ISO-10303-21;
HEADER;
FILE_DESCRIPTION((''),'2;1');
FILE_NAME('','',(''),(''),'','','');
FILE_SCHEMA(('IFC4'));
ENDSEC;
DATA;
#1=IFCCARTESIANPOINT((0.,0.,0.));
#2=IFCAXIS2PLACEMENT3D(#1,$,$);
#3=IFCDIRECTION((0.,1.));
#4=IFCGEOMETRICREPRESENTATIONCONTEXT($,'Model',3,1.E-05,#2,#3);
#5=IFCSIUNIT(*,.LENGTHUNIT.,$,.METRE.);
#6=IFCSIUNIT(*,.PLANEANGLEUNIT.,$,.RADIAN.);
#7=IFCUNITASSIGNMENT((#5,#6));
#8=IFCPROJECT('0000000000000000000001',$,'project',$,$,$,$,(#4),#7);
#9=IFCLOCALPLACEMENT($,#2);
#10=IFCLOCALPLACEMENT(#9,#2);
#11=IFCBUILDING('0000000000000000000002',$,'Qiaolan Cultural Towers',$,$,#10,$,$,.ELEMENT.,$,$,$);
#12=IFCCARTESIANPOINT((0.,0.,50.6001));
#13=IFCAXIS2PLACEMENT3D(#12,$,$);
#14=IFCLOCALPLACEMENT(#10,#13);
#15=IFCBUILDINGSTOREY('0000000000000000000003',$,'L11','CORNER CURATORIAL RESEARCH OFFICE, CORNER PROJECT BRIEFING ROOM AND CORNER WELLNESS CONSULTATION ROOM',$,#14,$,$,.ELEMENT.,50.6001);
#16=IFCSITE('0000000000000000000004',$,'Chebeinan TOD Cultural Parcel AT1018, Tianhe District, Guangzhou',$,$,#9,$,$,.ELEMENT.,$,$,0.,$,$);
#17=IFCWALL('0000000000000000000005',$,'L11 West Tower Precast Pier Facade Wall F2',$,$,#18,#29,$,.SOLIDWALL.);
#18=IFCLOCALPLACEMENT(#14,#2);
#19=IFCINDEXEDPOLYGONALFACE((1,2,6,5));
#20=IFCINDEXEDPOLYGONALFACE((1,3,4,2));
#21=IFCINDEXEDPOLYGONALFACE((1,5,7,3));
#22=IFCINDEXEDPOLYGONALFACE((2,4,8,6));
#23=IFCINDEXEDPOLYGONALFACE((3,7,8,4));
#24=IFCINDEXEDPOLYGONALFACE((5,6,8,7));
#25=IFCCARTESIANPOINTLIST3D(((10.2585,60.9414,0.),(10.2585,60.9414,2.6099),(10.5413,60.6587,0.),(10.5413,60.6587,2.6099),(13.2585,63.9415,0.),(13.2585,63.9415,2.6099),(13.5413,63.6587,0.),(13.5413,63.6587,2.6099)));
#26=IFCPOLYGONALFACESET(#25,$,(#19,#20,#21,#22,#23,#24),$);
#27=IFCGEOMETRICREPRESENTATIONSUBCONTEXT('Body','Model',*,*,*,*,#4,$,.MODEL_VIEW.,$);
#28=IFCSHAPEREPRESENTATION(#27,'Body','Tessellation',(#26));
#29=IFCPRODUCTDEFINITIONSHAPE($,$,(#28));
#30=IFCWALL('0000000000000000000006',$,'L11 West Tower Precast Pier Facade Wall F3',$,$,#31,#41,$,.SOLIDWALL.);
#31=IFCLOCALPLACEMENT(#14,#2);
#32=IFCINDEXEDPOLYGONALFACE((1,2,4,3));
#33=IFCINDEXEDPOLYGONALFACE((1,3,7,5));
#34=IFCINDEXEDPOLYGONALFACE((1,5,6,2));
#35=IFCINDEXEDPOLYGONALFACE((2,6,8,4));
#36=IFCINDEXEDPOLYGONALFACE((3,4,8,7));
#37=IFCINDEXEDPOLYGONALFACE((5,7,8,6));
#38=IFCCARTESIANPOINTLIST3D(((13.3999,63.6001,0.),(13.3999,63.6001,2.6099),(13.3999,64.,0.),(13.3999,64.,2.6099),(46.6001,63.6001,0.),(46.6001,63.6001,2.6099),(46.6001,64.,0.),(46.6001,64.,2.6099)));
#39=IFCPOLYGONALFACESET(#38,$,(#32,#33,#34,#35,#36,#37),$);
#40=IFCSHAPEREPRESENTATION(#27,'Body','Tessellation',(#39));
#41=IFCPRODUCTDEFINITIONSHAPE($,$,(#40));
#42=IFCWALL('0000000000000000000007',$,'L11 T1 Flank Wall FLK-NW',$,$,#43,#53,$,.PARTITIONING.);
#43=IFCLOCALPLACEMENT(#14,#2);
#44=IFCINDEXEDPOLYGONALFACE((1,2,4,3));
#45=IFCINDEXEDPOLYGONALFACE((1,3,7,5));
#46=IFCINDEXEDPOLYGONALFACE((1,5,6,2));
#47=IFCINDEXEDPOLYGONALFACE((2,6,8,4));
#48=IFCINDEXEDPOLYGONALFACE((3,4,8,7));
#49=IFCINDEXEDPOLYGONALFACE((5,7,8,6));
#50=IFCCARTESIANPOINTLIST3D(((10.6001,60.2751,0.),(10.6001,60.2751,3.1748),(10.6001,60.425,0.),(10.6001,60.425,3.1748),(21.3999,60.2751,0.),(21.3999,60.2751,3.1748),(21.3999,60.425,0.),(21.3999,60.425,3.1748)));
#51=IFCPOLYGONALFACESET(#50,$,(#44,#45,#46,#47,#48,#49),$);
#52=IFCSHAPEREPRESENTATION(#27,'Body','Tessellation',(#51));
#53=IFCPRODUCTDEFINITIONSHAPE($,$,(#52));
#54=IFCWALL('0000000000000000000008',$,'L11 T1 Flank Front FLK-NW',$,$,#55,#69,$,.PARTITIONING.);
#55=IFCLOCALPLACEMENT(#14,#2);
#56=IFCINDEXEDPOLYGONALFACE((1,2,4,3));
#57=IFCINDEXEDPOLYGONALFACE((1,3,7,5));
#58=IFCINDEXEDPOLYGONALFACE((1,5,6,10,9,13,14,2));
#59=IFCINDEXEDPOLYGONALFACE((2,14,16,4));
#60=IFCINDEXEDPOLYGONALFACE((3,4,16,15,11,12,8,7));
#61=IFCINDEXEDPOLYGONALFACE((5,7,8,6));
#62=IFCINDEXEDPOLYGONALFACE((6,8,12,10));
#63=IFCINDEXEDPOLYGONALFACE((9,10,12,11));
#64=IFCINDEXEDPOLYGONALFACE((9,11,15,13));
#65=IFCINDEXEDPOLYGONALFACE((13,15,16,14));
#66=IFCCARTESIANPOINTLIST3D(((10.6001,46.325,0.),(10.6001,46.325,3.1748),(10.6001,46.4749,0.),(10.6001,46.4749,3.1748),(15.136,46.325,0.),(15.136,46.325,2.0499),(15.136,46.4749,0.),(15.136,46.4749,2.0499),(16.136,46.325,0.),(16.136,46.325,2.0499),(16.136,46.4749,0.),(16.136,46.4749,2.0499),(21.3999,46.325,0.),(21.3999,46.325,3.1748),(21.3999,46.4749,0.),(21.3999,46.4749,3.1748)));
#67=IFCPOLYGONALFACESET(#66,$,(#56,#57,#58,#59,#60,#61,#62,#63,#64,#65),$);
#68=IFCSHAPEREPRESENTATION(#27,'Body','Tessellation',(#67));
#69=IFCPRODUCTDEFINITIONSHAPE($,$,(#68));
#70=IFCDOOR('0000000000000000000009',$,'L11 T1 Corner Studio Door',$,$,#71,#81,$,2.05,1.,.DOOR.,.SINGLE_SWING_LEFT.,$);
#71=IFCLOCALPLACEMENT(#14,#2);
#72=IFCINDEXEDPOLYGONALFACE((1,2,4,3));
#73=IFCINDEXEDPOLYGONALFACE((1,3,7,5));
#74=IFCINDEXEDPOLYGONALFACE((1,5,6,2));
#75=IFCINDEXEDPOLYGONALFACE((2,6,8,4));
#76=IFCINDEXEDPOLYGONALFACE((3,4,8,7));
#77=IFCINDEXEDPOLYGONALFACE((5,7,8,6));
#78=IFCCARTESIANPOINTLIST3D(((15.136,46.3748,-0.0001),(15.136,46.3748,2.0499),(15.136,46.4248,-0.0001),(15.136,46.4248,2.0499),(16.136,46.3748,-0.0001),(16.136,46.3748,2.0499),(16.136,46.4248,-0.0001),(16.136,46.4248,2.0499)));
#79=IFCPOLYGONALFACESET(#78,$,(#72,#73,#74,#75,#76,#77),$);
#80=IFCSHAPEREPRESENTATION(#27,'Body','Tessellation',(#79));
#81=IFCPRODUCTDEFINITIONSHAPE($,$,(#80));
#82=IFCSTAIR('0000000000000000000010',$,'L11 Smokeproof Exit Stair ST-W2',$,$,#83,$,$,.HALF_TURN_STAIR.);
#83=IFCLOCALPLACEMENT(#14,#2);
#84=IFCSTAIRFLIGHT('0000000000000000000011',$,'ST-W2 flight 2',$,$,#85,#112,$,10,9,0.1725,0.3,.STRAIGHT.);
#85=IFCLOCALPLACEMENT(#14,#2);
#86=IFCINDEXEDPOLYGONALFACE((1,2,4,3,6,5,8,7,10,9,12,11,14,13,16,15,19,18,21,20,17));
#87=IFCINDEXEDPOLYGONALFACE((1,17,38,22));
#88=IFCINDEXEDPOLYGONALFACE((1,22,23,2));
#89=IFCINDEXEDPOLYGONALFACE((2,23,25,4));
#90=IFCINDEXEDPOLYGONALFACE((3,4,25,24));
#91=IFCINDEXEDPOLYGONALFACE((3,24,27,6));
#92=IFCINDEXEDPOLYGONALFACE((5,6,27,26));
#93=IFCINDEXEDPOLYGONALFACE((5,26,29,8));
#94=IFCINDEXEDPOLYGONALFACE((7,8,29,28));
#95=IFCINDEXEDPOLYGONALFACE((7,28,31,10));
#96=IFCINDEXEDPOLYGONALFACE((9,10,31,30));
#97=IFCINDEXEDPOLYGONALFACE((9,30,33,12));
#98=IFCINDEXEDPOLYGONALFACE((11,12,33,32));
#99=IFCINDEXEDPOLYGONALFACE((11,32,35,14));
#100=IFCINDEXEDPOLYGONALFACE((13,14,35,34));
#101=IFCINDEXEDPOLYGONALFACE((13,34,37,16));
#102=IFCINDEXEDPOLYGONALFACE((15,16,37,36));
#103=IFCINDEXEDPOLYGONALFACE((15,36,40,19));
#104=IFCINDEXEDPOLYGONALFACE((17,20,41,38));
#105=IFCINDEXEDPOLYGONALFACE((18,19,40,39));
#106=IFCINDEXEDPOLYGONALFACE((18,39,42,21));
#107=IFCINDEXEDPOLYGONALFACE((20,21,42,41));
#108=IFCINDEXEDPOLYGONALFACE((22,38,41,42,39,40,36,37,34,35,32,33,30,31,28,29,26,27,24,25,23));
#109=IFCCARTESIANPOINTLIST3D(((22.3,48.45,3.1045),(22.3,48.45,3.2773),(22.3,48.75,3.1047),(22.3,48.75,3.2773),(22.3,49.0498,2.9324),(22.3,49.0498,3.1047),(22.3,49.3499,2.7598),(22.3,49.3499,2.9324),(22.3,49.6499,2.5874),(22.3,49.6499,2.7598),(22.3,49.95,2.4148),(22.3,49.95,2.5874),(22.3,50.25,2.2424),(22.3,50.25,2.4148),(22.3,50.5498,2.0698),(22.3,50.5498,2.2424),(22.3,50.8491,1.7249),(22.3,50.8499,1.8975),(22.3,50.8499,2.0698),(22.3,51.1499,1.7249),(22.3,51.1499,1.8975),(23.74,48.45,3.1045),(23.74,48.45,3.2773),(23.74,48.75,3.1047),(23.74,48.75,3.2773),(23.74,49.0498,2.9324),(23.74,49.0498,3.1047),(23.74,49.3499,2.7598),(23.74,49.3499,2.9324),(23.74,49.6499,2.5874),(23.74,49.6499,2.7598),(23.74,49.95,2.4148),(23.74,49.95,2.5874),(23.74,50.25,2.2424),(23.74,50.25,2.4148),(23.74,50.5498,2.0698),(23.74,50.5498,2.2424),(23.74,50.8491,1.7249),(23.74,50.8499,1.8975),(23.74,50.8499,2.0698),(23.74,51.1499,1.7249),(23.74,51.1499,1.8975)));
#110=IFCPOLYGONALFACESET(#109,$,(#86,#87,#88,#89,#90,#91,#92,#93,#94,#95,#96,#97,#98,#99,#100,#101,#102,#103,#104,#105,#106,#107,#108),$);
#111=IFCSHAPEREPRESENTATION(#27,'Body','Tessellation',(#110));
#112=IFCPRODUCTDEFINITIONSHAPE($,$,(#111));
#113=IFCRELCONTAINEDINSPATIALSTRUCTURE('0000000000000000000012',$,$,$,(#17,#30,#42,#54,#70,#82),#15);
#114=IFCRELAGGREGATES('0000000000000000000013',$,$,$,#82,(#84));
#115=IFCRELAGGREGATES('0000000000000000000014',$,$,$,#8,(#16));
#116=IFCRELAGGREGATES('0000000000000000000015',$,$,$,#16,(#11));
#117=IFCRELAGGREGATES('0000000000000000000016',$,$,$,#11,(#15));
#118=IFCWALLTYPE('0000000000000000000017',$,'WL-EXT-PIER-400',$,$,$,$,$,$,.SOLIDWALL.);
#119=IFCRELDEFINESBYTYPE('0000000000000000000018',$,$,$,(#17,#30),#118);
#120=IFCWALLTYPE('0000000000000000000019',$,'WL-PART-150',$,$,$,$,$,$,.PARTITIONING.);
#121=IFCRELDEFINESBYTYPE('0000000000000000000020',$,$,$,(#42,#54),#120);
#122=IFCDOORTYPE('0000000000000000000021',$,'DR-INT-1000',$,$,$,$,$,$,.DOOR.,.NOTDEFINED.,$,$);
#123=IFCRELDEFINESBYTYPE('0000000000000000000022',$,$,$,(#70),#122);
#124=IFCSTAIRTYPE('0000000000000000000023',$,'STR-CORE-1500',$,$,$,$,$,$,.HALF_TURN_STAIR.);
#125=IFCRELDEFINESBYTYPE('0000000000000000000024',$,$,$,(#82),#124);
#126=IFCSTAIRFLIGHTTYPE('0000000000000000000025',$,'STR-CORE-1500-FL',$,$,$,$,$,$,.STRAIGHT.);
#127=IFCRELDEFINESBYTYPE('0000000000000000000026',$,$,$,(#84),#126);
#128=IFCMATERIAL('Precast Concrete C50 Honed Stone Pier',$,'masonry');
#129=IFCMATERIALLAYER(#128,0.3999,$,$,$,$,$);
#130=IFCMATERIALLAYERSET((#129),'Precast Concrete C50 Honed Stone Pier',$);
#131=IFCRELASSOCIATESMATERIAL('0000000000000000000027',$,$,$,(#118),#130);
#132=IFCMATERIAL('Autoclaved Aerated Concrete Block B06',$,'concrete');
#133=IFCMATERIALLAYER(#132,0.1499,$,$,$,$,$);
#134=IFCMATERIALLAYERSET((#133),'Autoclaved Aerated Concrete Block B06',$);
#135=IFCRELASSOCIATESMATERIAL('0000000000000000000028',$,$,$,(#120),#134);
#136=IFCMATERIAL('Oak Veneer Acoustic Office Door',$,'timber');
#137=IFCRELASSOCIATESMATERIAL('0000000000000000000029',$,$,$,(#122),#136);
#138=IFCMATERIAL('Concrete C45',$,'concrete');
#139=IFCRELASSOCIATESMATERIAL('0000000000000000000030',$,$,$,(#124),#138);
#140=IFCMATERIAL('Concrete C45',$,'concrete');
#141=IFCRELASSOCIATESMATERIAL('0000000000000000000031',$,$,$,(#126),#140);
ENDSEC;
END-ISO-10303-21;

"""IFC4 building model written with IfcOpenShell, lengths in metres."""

from ifc_helpers import new_model, si_unit, direction, frame, frame_2d, origin, place, context, subcontext, project, spatial, polyline, rectangle, outline, extrude, material, layer, layer_set, type_object, element, fill, aggregate, save


model = new_model("IFC4")

# Units and contexts
model_context = context("Model", 3, precision=1e-05, world=origin(), true_north=direction((0.0, 1.0)))
body_context = subcontext(model_context, "Body", "Model", "MODEL_VIEW")
ifc_project = project(units=[si_unit("LENGTHUNIT", "METRE"), si_unit("PLANEANGLEUNIT", "RADIAN")], contexts=[model_context])

# Site, building, storey
site_placement = place(None, origin())
site = spatial("IfcSite", under=ifc_project, at=site_placement, Name="Chebeinan TOD Cultural Parcel AT1018, Tianhe District, Guangzhou", CompositionType="ELEMENT", RefElevation=0.0)
building_placement = place(site_placement, origin())
building = spatial("IfcBuilding", under=site, at=building_placement, Name="Qiaolan Cultural Towers", CompositionType="ELEMENT")
storey_placement = place(building_placement, frame((0.0, 0.0, 50.6001)))
storey = spatial("IfcBuildingStorey", under=building, at=storey_placement, Name="L11", Description="CORNER CURATORIAL RESEARCH OFFICE, CORNER PROJECT BRIEFING ROOM AND CORNER WELLNESS CONSULTATION ROOM", CompositionType="ELEMENT", Elevation=50.6001)

# Walls
ifc_material_1 = material(Name="Precast Concrete C50 Honed Stone Pier", Category="masonry")
ifc_layer_1 = layer(ifc_material_1, 0.3999)
ifc_layer_set_1 = layer_set([ifc_layer_1], Name="Precast Concrete C50 Honed Stone Pier")
wall_type_1 = type_object("IfcWallType", Name="WL-EXT-PIER-400", PredefinedType="SOLIDWALL", material=ifc_layer_set_1)
wall_1_placement = place(storey_placement, frame((10.3999, 60.8, 0.0), z_axis=(0.0, 0.0, 1.0), x_axis=(0.707107, 0.707107, 0.0)))
element("IfcWall", 1, at=wall_1_placement, inside=storey, type_object=wall_type_1, Name="L11 West Tower Precast Pier Facade Wall F2", PredefinedType="SOLIDWALL", context=body_context, shape_type="SweptSolid", body=[
    extrude(rectangle(XDim=4.2427, YDim=0.3999, at=frame_2d((2.1213, 0.0))), origin(), (0.0, 0.0, 1.0), 2.6099),
])
wall_2_placement = place(storey_placement, frame((13.3999, 63.8, 0.0), z_axis=(0.0, 0.0, 1.0), x_axis=(1.0, 0.0, 0.0)))
element("IfcWall", 2, at=wall_2_placement, inside=storey, type_object=wall_type_1, Name="L11 West Tower Precast Pier Facade Wall F3", PredefinedType="SOLIDWALL", context=body_context, shape_type="SweptSolid", body=[
    extrude(rectangle(XDim=33.2002, YDim=0.3999, at=frame_2d((16.6001, 0.0))), origin(), (0.0, 0.0, 1.0), 2.6099),
])
ifc_material_2 = material(Name="Autoclaved Aerated Concrete Block B06", Category="concrete")
ifc_layer_2 = layer(ifc_material_2, 0.1499)
ifc_layer_set_2 = layer_set([ifc_layer_2], Name="Autoclaved Aerated Concrete Block B06")
wall_type_2 = type_object("IfcWallType", Name="WL-PART-150", PredefinedType="PARTITIONING", material=ifc_layer_set_2)
wall_3_placement = place(storey_placement, frame((10.6001, 60.3501, 0.0), z_axis=(0.0, 0.0, 1.0), x_axis=(1.0, 0.0, 0.0)))
element("IfcWall", 3, at=wall_3_placement, inside=storey, type_object=wall_type_2, Name="L11 T1 Flank Wall FLK-NW", PredefinedType="PARTITIONING", context=body_context, shape_type="SweptSolid", body=[
    extrude(rectangle(XDim=10.7998, YDim=0.1499, at=frame_2d((5.3999, 0.0))), origin(), (0.0, 0.0, 1.0), 3.1748),
])

# Wall, opening, door
wall_4_placement = place(storey_placement, frame((10.6001, 46.3999, 0.0), z_axis=(0.0, 0.0, 1.0), x_axis=(1.0, 0.0, 0.0)))
wall_4 = element("IfcWall", 4, at=wall_4_placement, inside=storey, type_object=wall_type_2, Name="L11 T1 Flank Front FLK-NW", PredefinedType="PARTITIONING", context=body_context, shape_type="SweptSolid", body=[
    extrude(rectangle(XDim=10.7998, YDim=0.1499, at=frame_2d((5.3999, 0.0))), origin(), (0.0, 0.0, 1.0), 3.1748),
])
opening_placement = place(wall_4_placement, frame((4.5359, 0.0, 0.0)))
opening = element("IfcOpeningElement", 5, at=opening_placement, cuts=wall_4, PredefinedType="OPENING", context=body_context, shape_type="SweptSolid", body=[
    extrude(rectangle(XDim=1.0, YDim=2.05, at=frame_2d((0.5, 1.0249))), frame((0.0, 0.085, 0.0), z_axis=(0.0, -1.0, 0.0), x_axis=(1.0, 0.0, 0.0)), (0.0, 0.0, 1.0), 0.1699),
])
ifc_material_3 = material(Name="Oak Veneer Acoustic Office Door", Category="timber")
door_type = type_object("IfcDoorType", Name="DR-INT-1000", OperationType="NOTDEFINED", PredefinedType="DOOR", material=ifc_material_3)
door_placement = place(opening_placement, origin())
door = element("IfcDoor", 6, at=door_placement, inside=storey, type_object=door_type, Name="L11 T1 Corner Studio Door", OperationType="SINGLE_SWING_LEFT", OverallHeight=2.05, OverallWidth=1.0, PredefinedType="DOOR", context=body_context, shape_type="SweptSolid", body=[
    extrude(rectangle(XDim=1.0, YDim=2.05, at=frame_2d((0.5, 1.0249))), frame((0.0, 0.0249, 0.0), z_axis=(0.0, -1.0, 0.0), x_axis=(1.0, 0.0, 0.0)), (0.0, 0.0, 1.0), 0.05),
])
fill(opening, door)

# Stair, stair flight
ifc_material_4 = material(Name="Concrete C45", Category="concrete")
stair_type = type_object("IfcStairType", Name="STR-CORE-1500", PredefinedType="HALF_TURN_STAIR", material=ifc_material_4)
stair_placement = place(storey_placement, origin())
stair = element("IfcStair", 7, at=stair_placement, inside=storey, type_object=stair_type, Name="L11 Smokeproof Exit Stair ST-W2", PredefinedType="HALF_TURN_STAIR")
ifc_material_5 = material(Name="Concrete C45", Category="concrete")
stair_flight_type = type_object("IfcStairFlightType", Name="STR-CORE-1500-FL", PredefinedType="STRAIGHT", material=ifc_material_5)
stair_flight_placement = place(storey_placement, frame((23.02, 51.1499, 1.7249), z_axis=(0.0, 0.0, 1.0), x_axis=(0.0, -1.0, 0.0)))
stair_flight = element("IfcStairFlight", 8, at=stair_flight_placement, type_object=stair_flight_type, Name="ST-W2 flight 2", NumberOfRisers=10, NumberOfTreads=9, PredefinedType="STRAIGHT", RiserHeight=0.1725, TreadLength=0.3, context=body_context, shape_type="SweptSolid", body=[
    extrude(outline(polyline([(0.0, 0.0), (0.0, 0.1726), (0.3, 0.1726), (0.3, 0.345), (0.6001, 0.345), (0.6001, 0.5176), (0.8999, 0.5176), (0.8999, 0.6899), (1.2, 0.6899), (1.2, 0.8625), (1.5, 0.8625), (1.5, 1.0349), (1.8, 1.0349), (1.8, 1.2075), (2.1001, 1.2075), (2.1001, 1.3799), (2.3999, 1.3799), (2.3999, 1.5525), (2.7, 1.5525), (2.7, 1.7251), (2.7, 1.3796), (0.3008, 0.0), (0.0, 0.0)])), frame((0.0, 0.72, 0.0), z_axis=(0.0, -1.0, 0.0), x_axis=(1.0, 0.0, 0.0)), (0.0, 0.0, 1.0), 1.4399),
])
aggregate(stair, [stair_flight])

save(model, "model.ifc")
